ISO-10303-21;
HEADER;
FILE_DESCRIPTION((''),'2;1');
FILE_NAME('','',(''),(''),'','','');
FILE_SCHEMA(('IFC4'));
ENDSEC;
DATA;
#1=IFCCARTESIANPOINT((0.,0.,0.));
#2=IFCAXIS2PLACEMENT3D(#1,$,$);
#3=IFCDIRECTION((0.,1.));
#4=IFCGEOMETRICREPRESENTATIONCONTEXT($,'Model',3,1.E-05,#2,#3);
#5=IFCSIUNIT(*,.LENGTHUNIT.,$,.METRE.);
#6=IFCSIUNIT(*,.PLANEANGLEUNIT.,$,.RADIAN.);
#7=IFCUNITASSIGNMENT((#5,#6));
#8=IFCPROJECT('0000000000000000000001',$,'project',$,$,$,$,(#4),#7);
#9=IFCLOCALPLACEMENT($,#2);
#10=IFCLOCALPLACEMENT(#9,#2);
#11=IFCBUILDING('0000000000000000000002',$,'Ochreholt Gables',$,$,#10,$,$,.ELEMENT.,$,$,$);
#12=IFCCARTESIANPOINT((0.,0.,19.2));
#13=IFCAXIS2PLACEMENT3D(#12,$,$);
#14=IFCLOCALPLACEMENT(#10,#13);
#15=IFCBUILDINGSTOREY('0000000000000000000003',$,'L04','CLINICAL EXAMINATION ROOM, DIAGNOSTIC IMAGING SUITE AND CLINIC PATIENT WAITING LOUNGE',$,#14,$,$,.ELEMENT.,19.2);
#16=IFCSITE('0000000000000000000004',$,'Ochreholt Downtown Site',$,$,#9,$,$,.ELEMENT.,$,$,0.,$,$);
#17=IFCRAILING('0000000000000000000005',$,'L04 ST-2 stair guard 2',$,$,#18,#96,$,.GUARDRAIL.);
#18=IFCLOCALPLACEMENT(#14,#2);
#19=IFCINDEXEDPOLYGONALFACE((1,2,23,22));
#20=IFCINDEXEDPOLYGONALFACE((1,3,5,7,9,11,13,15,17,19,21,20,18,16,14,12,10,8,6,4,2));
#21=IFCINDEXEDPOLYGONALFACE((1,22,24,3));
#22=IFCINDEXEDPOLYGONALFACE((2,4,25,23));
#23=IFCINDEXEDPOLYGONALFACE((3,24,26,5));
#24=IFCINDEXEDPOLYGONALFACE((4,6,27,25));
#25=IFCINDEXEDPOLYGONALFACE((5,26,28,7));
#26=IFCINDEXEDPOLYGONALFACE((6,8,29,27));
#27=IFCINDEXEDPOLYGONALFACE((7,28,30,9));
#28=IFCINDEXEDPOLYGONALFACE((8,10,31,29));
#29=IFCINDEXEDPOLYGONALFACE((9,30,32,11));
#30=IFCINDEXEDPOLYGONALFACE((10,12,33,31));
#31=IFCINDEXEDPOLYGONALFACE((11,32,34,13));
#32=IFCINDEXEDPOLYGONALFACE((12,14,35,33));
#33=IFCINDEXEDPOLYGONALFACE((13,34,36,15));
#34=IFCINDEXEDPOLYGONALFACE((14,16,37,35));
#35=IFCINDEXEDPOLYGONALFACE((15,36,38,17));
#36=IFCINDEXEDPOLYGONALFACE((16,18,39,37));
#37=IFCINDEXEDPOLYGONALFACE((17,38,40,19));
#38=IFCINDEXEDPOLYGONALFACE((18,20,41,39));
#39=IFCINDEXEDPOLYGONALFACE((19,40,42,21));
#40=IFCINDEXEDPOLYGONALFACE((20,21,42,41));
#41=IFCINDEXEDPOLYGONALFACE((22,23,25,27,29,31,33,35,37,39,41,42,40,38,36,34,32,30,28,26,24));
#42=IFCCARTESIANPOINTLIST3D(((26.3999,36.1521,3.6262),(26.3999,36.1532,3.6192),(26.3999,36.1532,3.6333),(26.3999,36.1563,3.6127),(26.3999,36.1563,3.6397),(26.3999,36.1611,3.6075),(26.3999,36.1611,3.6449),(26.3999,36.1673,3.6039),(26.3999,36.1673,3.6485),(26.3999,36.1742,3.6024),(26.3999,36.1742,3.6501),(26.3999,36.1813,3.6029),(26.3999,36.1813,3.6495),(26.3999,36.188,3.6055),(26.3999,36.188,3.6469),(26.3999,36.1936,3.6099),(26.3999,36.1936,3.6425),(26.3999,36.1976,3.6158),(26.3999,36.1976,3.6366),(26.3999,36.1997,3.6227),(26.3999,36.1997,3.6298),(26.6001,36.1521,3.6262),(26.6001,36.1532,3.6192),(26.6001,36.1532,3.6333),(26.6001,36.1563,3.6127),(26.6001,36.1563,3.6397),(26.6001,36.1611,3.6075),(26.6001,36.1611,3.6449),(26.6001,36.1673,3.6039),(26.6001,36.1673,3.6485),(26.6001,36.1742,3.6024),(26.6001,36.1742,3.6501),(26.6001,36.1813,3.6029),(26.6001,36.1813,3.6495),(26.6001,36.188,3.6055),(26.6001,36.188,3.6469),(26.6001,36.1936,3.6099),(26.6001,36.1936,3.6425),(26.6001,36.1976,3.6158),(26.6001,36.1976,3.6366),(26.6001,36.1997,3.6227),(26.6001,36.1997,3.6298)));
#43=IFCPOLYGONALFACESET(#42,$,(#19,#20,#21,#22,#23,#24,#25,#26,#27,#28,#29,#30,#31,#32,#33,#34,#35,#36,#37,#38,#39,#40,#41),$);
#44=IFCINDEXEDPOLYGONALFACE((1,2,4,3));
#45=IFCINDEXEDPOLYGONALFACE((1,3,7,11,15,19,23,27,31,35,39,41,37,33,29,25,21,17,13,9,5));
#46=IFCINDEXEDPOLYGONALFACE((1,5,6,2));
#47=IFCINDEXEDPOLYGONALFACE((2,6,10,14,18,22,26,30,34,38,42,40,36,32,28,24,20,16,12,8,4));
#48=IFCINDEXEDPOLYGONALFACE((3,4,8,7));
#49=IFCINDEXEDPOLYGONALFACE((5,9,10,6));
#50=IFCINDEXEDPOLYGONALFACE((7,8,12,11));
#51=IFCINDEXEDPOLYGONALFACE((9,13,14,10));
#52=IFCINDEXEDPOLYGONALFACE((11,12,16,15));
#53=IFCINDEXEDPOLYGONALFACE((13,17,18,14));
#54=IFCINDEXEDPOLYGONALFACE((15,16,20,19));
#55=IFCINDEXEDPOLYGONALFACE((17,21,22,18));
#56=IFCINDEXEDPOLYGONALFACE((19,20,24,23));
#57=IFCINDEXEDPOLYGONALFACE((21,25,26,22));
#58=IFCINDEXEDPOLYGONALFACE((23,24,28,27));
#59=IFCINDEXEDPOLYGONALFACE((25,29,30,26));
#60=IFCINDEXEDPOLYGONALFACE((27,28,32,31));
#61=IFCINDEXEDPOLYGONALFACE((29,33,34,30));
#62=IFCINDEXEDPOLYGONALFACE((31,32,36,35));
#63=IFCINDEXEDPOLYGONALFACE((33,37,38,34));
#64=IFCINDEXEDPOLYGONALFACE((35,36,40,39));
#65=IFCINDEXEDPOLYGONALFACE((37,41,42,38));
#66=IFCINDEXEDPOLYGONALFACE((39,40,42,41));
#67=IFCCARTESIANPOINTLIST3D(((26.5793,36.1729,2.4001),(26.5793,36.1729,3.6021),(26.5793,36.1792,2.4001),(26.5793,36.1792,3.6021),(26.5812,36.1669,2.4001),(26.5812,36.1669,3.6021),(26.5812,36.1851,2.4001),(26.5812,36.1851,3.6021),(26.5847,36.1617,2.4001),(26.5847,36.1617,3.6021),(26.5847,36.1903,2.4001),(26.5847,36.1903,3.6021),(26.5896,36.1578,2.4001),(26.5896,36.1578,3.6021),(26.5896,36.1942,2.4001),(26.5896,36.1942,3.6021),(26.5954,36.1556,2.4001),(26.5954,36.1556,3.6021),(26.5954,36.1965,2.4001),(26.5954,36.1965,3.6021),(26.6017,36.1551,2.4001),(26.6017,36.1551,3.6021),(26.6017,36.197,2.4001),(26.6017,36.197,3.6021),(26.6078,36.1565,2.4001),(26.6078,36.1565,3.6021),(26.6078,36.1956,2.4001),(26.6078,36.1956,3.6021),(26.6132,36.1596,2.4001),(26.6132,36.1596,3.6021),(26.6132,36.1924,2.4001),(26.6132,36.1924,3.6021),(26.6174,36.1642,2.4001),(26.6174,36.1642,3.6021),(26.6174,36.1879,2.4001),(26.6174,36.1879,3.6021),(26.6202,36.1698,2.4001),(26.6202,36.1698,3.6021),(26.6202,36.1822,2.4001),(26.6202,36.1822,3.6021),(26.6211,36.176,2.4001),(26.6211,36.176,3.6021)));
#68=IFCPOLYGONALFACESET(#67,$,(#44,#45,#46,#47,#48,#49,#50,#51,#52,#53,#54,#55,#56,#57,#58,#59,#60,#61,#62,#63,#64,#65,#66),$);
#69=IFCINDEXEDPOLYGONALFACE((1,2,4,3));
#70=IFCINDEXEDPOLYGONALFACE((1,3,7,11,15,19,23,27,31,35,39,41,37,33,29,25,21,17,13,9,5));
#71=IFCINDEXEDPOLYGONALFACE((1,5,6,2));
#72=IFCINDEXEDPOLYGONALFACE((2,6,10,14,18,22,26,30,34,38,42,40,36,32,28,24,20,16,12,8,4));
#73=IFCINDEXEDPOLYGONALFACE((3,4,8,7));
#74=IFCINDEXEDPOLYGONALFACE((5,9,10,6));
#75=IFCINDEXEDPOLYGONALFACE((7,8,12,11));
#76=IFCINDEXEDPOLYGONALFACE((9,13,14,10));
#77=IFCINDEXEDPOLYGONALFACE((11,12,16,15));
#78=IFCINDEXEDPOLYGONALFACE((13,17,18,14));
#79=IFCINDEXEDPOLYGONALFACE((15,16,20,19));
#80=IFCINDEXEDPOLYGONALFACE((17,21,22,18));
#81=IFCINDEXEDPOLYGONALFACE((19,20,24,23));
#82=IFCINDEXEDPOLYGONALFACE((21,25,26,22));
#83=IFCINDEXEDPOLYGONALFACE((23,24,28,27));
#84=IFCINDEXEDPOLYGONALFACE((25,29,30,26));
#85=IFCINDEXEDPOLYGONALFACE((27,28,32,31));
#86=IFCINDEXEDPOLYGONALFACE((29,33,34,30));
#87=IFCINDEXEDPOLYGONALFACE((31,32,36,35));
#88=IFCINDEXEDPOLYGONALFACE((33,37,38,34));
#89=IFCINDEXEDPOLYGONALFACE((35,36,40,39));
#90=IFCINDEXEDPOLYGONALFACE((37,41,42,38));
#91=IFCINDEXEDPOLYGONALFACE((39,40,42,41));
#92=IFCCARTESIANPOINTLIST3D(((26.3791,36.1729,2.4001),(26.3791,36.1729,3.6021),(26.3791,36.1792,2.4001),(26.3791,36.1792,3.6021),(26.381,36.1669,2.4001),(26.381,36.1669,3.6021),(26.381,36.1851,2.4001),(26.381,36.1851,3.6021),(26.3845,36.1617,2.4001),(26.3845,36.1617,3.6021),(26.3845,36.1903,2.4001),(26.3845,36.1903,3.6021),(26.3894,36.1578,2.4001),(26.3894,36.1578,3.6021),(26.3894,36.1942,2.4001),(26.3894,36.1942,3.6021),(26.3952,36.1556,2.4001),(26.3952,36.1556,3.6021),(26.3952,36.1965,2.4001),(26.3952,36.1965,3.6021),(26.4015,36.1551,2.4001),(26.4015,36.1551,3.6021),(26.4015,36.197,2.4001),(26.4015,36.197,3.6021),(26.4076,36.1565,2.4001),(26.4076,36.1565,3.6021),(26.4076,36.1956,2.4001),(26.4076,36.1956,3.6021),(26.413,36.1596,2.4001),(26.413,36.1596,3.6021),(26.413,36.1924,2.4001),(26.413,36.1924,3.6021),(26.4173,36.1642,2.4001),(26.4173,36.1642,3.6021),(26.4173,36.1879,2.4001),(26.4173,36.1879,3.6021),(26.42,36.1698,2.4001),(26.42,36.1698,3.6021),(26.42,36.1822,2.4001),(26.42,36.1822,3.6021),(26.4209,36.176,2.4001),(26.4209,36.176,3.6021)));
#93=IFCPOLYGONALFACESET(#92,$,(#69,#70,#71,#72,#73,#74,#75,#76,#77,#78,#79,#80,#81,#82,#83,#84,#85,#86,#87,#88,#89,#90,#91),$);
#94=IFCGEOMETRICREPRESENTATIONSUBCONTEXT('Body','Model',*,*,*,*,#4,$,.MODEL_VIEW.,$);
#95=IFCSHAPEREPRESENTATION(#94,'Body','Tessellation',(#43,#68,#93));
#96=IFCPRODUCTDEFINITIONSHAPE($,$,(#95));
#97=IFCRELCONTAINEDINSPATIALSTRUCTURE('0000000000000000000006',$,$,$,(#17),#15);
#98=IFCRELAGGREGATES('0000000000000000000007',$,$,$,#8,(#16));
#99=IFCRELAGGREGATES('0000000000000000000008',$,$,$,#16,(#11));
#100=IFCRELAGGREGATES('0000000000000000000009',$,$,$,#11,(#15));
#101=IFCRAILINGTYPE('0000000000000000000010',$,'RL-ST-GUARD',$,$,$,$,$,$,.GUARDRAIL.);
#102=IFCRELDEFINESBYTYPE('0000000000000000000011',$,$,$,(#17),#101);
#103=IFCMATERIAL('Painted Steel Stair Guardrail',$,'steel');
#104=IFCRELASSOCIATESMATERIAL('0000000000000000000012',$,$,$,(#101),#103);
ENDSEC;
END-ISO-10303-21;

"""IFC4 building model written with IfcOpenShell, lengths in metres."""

from ifc_helpers import new_model, si_unit, direction, frame, origin, origin_2d, place, context, subcontext, project, spatial, circle, extrude, material, type_object, element, save


model = new_model("IFC4")

# Units and contexts
model_context = context("Model", 3, precision=1e-05, world=origin(), true_north=direction((0.0, 1.0)))
body_context = subcontext(model_context, "Body", "Model", "MODEL_VIEW")
ifc_project = project(units=[si_unit("LENGTHUNIT", "METRE"), si_unit("PLANEANGLEUNIT", "RADIAN")], contexts=[model_context])

# Site, building, storey
site_placement = place(None, origin())
site = spatial("IfcSite", under=ifc_project, at=site_placement, Name="Ochreholt Downtown Site", CompositionType="ELEMENT", RefElevation=0.0)
building_placement = place(site_placement, origin())
building = spatial("IfcBuilding", under=site, at=building_placement, Name="Ochreholt Gables", CompositionType="ELEMENT")
storey_placement = place(building_placement, frame((0.0, 0.0, 19.2)))
storey = spatial("IfcBuildingStorey", under=building, at=storey_placement, Name="L04", Description="CLINICAL EXAMINATION ROOM, DIAGNOSTIC IMAGING SUITE AND CLINIC PATIENT WAITING LOUNGE", CompositionType="ELEMENT", Elevation=19.2)

# Railing
ifc_material_1 = material(Name="Painted Steel Stair Guardrail", Category="steel")
railing_type_1 = type_object("IfcRailingType", Name="RL-ST-GUARD", PredefinedType="GUARDRAIL", material=ifc_material_1)
railing_1_placement = place(storey_placement, frame((26.6001, 36.176, 2.4001)))
element("IfcRailing", 1, at=railing_1_placement, inside=storey, type_object=railing_type_1, Name="L04 ST-2 stair guard 2", PredefinedType="GUARDRAIL", context=body_context, shape_type="SweptSolid", body=[
    extrude(circle(Radius=0.0239, at=origin_2d()), frame((0.0, 0.0, 1.2261), z_axis=(-1.0, 0.0, 0.0), x_axis=(0.0, -1.0, 0.0)), (0.0, 0.0, 1.0), 0.2002),
    extrude(circle(Radius=0.021, at=origin_2d()), origin(), (0.0, 0.0, 1.0), 1.2019),
    extrude(circle(Radius=0.021, at=origin_2d()), frame((-0.2002, 0.0, 0.0)), (0.0, 0.0, 1.0), 1.2019),
])

save(model, "model.ifc")
